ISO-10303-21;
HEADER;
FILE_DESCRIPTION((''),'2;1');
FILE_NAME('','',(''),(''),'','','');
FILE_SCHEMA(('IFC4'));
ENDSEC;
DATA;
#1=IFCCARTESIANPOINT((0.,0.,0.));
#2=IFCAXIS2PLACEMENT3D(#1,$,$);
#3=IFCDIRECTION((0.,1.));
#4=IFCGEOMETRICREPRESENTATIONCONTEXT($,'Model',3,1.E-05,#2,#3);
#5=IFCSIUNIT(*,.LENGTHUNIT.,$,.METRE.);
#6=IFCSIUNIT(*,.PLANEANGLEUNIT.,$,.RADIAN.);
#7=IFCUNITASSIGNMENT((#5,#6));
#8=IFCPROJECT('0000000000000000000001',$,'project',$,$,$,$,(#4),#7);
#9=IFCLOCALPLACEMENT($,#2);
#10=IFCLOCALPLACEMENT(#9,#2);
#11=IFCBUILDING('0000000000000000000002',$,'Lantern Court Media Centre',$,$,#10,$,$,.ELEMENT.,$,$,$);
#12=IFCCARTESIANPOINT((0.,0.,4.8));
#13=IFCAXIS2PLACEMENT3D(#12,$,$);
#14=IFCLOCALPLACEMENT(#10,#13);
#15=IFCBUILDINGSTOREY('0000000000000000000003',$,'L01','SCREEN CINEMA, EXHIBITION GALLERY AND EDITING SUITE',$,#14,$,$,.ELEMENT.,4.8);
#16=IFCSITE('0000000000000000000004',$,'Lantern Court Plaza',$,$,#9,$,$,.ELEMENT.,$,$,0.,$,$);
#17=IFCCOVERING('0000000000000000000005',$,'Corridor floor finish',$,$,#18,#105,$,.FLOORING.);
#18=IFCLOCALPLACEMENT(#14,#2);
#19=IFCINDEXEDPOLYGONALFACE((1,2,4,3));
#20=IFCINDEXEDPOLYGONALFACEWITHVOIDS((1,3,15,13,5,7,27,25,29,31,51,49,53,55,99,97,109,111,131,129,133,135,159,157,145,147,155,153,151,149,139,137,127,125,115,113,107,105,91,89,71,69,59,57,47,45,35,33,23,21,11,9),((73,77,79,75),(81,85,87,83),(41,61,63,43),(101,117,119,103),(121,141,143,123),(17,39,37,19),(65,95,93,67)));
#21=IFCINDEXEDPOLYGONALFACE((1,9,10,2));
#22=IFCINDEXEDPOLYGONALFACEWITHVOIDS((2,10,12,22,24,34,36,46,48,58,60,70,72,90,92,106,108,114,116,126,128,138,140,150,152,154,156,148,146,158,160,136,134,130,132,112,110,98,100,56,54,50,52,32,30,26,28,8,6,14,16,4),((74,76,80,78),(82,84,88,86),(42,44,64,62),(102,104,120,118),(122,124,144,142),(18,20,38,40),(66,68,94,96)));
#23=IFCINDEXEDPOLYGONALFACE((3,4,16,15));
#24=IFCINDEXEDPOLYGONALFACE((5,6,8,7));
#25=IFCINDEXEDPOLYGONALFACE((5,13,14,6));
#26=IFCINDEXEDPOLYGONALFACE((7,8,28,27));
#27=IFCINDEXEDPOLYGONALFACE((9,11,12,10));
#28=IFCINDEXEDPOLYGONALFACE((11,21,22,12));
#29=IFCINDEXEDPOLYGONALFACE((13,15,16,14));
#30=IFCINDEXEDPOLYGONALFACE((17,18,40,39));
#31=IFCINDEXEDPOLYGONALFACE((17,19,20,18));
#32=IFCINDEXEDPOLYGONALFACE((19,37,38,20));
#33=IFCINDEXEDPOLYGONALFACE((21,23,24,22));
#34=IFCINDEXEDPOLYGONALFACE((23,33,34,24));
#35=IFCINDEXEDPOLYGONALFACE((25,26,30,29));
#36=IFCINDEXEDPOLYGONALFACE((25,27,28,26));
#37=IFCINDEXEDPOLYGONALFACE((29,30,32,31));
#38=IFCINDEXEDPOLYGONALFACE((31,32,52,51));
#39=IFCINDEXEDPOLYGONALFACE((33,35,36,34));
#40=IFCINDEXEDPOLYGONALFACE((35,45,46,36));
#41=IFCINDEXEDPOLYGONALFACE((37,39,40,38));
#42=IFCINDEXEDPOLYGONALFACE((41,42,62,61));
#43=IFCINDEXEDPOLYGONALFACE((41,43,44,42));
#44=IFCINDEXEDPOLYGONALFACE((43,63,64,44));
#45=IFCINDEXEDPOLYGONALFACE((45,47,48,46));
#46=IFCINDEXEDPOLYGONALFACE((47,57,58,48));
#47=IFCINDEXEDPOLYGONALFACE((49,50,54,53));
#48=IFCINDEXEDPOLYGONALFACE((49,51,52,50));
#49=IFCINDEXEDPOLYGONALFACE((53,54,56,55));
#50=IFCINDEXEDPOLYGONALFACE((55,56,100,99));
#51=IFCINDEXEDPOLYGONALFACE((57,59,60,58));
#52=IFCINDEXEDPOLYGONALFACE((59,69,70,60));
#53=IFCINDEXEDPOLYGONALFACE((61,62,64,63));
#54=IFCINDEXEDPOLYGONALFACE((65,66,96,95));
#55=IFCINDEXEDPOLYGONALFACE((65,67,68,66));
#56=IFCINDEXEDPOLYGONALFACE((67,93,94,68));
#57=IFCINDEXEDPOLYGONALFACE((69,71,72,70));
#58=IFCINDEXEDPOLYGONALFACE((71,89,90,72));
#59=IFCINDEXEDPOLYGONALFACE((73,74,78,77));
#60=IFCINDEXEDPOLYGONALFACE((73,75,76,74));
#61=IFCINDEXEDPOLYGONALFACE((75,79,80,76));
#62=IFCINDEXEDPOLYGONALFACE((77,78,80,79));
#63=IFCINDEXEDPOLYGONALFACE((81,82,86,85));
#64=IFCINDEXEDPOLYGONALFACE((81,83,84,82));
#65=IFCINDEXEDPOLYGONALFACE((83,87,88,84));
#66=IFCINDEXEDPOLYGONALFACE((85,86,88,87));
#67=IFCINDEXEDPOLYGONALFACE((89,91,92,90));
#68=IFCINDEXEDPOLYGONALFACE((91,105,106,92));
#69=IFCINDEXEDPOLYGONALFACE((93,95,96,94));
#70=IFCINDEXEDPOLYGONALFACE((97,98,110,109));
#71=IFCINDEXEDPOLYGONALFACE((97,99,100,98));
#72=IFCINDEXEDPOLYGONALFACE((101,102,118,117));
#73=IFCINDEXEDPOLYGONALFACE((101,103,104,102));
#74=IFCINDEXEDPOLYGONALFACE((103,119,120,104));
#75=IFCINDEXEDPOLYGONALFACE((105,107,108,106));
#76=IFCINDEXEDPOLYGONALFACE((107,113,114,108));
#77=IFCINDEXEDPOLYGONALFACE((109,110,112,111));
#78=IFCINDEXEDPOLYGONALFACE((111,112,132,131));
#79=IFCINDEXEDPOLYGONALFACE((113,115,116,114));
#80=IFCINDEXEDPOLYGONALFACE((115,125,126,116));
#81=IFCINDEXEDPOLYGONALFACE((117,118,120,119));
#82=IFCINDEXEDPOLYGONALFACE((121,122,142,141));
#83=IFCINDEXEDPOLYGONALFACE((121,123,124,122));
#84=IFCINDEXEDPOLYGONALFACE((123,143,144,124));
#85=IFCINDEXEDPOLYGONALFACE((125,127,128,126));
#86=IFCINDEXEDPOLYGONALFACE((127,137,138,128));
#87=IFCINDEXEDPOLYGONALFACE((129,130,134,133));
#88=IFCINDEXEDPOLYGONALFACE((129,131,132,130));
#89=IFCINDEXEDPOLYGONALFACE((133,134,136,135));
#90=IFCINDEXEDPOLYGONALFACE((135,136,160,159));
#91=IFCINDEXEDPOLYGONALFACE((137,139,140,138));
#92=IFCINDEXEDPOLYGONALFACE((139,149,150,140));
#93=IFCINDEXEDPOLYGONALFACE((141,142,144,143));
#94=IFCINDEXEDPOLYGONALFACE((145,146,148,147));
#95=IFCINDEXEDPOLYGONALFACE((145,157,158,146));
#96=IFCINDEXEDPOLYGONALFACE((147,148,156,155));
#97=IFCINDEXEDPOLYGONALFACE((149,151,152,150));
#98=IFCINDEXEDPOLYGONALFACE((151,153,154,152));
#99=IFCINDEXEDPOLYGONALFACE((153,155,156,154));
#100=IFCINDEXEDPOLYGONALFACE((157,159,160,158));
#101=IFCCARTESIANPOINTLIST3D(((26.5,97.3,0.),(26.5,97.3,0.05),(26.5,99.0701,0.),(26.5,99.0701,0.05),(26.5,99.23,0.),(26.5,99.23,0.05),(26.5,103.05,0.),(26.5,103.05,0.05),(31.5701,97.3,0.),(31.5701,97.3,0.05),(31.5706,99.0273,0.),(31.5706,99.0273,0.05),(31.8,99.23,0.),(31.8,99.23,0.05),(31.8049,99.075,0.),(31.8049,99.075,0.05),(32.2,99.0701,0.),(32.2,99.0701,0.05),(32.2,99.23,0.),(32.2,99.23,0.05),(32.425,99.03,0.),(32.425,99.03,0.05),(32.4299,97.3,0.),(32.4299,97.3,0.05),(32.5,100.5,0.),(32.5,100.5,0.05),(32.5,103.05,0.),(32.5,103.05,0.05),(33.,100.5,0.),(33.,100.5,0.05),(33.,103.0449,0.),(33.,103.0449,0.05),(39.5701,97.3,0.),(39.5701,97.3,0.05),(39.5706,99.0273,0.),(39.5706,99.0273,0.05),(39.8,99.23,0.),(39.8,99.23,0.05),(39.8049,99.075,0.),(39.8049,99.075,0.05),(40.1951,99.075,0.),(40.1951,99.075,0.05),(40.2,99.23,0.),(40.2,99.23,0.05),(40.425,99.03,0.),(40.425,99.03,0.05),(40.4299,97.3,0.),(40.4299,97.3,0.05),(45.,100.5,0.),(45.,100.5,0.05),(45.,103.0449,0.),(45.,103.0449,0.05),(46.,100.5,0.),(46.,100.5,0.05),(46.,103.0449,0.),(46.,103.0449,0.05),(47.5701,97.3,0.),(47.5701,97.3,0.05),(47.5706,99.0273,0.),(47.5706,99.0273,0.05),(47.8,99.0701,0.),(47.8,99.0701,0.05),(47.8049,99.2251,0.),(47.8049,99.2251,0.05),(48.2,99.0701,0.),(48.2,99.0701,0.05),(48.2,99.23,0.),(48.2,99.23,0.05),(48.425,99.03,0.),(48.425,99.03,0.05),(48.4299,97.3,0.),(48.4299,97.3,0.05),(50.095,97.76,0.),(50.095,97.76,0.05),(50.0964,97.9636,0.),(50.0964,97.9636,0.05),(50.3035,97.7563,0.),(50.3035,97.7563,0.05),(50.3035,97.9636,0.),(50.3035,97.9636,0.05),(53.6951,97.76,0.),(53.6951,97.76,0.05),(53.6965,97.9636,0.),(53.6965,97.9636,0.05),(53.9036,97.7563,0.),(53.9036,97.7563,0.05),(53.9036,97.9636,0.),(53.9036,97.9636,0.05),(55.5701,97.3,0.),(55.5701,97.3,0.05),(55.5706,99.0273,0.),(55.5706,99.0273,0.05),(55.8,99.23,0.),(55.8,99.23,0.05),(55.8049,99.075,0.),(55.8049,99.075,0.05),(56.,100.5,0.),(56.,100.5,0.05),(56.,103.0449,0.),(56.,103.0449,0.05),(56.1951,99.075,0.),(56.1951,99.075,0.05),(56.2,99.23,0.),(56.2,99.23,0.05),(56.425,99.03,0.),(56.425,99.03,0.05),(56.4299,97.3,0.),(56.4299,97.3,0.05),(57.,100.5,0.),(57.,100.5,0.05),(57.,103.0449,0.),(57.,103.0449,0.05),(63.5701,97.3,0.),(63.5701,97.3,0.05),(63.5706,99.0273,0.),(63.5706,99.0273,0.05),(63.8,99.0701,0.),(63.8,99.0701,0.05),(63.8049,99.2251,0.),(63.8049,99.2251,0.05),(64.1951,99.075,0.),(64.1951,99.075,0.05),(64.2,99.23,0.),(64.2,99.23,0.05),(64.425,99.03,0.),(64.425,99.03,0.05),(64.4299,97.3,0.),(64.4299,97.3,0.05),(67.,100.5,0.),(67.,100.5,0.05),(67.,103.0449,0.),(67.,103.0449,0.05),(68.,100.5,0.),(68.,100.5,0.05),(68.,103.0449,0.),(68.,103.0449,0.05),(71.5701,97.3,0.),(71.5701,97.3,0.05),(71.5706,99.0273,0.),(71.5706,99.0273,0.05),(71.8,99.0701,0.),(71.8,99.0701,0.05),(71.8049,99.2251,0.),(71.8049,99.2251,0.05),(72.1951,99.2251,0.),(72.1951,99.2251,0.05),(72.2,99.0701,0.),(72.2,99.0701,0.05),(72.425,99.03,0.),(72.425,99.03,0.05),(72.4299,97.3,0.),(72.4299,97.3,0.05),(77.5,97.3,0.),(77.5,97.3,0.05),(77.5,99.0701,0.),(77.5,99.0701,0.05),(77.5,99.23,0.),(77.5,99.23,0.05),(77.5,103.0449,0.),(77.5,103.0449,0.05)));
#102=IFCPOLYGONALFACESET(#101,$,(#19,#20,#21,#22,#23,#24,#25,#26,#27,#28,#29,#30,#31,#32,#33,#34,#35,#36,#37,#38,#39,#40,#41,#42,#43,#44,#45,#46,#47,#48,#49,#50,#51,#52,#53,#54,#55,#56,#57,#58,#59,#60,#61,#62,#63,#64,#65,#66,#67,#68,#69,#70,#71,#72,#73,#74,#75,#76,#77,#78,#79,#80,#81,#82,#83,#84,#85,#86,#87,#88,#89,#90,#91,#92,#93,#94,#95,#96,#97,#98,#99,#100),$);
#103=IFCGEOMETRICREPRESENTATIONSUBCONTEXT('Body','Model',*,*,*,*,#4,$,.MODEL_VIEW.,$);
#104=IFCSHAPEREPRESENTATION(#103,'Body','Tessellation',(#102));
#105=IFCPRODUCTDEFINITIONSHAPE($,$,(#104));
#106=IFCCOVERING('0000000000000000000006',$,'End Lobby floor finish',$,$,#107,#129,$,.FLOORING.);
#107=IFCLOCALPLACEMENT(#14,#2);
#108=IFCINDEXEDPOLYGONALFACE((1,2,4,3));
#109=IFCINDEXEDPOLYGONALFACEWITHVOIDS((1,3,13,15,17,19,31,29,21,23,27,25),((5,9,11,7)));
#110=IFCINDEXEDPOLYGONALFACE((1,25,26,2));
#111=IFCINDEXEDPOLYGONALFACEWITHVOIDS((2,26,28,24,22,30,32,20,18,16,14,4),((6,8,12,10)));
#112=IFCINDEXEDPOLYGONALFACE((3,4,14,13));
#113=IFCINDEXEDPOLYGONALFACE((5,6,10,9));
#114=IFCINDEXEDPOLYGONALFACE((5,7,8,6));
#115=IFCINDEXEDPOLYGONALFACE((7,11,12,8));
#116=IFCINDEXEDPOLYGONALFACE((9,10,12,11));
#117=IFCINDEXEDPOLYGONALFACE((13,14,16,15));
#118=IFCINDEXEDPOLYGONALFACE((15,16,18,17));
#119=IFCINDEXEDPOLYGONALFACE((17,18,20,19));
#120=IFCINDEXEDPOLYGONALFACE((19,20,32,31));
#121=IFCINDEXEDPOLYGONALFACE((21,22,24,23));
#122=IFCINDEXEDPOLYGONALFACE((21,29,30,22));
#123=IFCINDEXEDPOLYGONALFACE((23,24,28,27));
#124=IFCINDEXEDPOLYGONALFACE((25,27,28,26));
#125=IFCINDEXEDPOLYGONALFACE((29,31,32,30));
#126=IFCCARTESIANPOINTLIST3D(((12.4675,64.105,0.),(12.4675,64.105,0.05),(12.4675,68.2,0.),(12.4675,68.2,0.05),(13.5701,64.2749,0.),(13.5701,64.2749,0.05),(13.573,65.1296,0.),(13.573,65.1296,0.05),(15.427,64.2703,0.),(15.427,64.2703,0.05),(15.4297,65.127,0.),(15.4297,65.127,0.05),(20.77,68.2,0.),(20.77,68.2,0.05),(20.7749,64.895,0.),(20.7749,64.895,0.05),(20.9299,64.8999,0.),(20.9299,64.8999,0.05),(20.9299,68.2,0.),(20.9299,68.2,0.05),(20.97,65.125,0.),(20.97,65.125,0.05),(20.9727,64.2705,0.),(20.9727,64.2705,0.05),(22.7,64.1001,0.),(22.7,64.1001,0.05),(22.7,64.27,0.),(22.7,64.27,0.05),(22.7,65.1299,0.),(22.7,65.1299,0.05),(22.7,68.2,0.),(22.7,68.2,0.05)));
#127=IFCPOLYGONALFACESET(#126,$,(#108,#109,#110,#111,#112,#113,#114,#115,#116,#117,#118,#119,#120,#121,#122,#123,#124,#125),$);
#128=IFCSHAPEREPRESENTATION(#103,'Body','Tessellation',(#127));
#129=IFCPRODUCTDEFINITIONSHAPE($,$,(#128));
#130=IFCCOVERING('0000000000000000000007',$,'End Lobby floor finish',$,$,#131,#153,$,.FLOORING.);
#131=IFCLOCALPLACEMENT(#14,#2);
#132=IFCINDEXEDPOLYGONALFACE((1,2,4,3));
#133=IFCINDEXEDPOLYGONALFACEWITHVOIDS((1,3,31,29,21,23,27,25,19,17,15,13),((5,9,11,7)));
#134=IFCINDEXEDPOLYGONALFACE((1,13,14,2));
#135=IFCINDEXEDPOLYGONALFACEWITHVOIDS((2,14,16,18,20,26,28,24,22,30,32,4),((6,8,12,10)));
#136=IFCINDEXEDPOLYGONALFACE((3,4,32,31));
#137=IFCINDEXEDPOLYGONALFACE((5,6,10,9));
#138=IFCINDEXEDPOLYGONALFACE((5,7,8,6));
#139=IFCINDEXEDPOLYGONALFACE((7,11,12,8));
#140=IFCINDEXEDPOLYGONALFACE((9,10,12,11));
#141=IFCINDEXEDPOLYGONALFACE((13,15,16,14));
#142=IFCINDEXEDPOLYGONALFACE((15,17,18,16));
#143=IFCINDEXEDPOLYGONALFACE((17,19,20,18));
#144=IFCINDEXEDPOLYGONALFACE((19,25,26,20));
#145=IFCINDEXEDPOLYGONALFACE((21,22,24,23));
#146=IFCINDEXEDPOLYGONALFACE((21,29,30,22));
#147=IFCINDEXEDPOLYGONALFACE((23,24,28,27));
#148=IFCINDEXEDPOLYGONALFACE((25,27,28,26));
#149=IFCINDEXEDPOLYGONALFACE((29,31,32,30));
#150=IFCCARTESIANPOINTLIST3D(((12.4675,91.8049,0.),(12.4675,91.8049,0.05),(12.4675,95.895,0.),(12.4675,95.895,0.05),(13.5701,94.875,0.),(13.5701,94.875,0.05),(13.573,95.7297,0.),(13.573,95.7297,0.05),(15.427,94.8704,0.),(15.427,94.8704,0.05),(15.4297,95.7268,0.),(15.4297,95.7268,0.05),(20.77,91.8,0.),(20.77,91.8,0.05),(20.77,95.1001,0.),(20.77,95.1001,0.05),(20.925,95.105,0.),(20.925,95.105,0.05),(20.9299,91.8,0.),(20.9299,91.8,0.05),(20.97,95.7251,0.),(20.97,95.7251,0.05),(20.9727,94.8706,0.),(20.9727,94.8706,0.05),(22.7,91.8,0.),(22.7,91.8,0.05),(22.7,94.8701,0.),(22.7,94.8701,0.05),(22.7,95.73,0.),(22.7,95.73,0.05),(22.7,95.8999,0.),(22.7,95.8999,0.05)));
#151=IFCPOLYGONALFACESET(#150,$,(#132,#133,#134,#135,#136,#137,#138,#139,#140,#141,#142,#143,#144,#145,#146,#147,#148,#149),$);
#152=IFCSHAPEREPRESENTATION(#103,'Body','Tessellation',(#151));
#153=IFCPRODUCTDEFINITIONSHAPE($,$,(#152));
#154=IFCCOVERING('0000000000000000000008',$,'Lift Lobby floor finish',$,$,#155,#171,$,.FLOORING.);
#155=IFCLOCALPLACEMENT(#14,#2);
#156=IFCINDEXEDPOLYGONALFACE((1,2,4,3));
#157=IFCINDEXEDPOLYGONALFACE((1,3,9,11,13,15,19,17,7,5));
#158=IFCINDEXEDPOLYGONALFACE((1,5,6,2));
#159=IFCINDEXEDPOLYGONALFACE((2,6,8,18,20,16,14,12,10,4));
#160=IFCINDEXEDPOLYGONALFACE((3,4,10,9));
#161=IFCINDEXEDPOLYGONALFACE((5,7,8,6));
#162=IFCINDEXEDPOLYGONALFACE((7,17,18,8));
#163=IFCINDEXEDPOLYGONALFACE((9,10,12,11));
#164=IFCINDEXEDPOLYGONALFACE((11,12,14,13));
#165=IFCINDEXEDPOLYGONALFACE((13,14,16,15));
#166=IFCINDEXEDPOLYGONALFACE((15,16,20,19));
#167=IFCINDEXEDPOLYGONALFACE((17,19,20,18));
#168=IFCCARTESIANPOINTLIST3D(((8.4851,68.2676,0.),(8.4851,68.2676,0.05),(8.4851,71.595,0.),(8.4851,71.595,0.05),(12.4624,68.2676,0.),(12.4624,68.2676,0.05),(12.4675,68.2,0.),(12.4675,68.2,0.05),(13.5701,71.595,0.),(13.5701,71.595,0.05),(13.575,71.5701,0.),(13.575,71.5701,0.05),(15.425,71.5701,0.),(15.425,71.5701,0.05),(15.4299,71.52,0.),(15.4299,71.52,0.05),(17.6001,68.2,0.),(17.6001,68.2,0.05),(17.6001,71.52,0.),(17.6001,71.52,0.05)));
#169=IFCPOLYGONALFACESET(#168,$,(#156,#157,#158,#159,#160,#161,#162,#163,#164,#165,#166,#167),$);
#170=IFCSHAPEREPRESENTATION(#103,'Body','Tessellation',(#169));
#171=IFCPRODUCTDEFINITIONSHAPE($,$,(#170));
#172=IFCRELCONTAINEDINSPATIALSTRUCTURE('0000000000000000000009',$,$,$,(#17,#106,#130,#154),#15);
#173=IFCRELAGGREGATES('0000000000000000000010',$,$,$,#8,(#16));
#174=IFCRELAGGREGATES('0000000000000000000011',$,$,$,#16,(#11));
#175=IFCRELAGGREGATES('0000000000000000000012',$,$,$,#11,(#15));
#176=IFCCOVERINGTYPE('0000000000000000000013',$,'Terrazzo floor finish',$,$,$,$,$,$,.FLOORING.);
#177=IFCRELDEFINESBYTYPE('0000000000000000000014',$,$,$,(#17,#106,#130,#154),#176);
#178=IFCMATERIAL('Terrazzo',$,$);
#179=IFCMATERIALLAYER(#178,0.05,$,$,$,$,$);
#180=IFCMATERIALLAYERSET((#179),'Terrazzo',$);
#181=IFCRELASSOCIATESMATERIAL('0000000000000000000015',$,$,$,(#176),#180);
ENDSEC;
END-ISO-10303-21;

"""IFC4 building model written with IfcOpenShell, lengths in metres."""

from ifc_helpers import new_model, si_unit, direction, frame, origin, place, context, subcontext, project, spatial, polyline, outline, extrude, material, layer, layer_set, type_object, element, save


model = new_model("IFC4")

# Units and contexts
model_context = context("Model", 3, precision=1e-05, world=origin(), true_north=direction((0.0, 1.0)))
body_context = subcontext(model_context, "Body", "Model", "MODEL_VIEW")
ifc_project = project(units=[si_unit("LENGTHUNIT", "METRE"), si_unit("PLANEANGLEUNIT", "RADIAN")], contexts=[model_context])

# Site, building, storey
site_placement = place(None, origin())
site = spatial("IfcSite", under=ifc_project, at=site_placement, Name="Lantern Court Plaza", CompositionType="ELEMENT", RefElevation=0.0)
building_placement = place(site_placement, origin())
building = spatial("IfcBuilding", under=site, at=building_placement, Name="Lantern Court Media Centre", CompositionType="ELEMENT")
storey_placement = place(building_placement, frame((0.0, 0.0, 4.8)))
storey = spatial("IfcBuildingStorey", under=building, at=storey_placement, Name="L01", Description="SCREEN CINEMA, EXHIBITION GALLERY AND EDITING SUITE", CompositionType="ELEMENT", Elevation=4.8)

# Coverings
ifc_material_1 = material(Name="Terrazzo")
ifc_layer_1 = layer(ifc_material_1, 0.05)
ifc_layer_set_1 = layer_set([ifc_layer_1], Name="Terrazzo")
covering_type_1 = type_object("IfcCoveringType", Name="Terrazzo floor finish", PredefinedType="FLOORING", material=ifc_layer_set_1)
covering_1_placement = place(storey_placement, origin())
element("IfcCovering", 1, at=covering_1_placement, inside=storey, type_object=covering_type_1, Name="Corridor floor finish", PredefinedType="FLOORING", context=body_context, shape_type="SweptSolid", body=[
    extrude(outline(polyline([(67.0, 100.5), (68.0, 100.5), (68.0, 103.0449), (77.5, 103.0449), (77.5, 99.23), (72.1951, 99.2251), (72.2, 99.0701), (77.5, 99.0701), (77.5, 97.3), (72.4299, 97.3), (72.425, 99.03), (71.5706, 99.0273), (71.5701, 97.3), (64.4299, 97.3), (64.425, 99.03), (63.5706, 99.0273), (63.5701, 97.3), (56.4299, 97.3), (56.425, 99.03), (55.5706, 99.0273), (55.5701, 97.3), (48.4299, 97.3), (48.425, 99.03), (47.5706, 99.0273), (47.5701, 97.3), (40.4299, 97.3), (40.425, 99.03), (39.5706, 99.0273), (39.5701, 97.3), (32.4299, 97.3), (32.425, 99.03), (31.5706, 99.0273), (31.5701, 97.3), (26.5, 97.3), (26.5, 99.0701), (31.8049, 99.075), (31.8, 99.23), (26.5, 99.23), (26.5, 103.05), (32.5, 103.05), (32.5, 100.5), (33.0, 100.5), (33.0, 103.0449), (45.0, 103.0449), (45.0, 100.5), (46.0, 100.5), (46.0, 103.0449), (56.0, 103.0449), (56.0, 100.5), (57.0, 100.5), (57.0, 103.0449), (67.0, 103.0449), (67.0, 100.5)]), holes=[polyline([(64.1951, 99.075), (71.8, 99.0701), (71.8049, 99.2251), (64.2, 99.23), (64.1951, 99.075)]), polyline([(56.1951, 99.075), (63.8, 99.0701), (63.8049, 99.2251), (56.2, 99.23), (56.1951, 99.075)]), polyline([(48.2, 99.23), (48.2, 99.0701), (55.8049, 99.075), (55.8, 99.23), (48.2, 99.23)]), polyline([(53.6951, 97.76), (53.9036, 97.7563), (53.9036, 97.9636), (53.6965, 97.9636), (53.6951, 97.76)]), polyline([(50.095, 97.76), (50.3035, 97.7563), (50.3035, 97.9636), (50.0964, 97.9636), (50.095, 97.76)]), polyline([(40.1951, 99.075), (47.8, 99.0701), (47.8049, 99.2251), (40.2, 99.23), (40.1951, 99.075)]), polyline([(32.2, 99.23), (32.2, 99.0701), (39.8049, 99.075), (39.8, 99.23), (32.2, 99.23)])]), origin(), (0.0, 0.0, 1.0), 0.05),
])
covering_2_placement = place(storey_placement, origin())
element("IfcCovering", 2, at=covering_2_placement, inside=storey, type_object=covering_type_1, Name="End Lobby floor finish", PredefinedType="FLOORING", context=body_context, shape_type="SweptSolid", body=[
    extrude(outline(polyline([(22.7, 64.1001), (12.4675, 64.105), (12.4675, 68.2), (20.77, 68.2), (20.7749, 64.895), (20.9299, 64.8999), (20.9299, 68.2), (22.7, 68.2), (22.7, 65.1299), (20.97, 65.125), (20.9727, 64.2705), (22.7, 64.27), (22.7, 64.1001)]), holes=[polyline([(13.5701, 64.2749), (15.427, 64.2703), (15.4297, 65.127), (13.573, 65.1296), (13.5701, 64.2749)])]), origin(), (0.0, 0.0, 1.0), 0.05),
])
covering_3_placement = place(storey_placement, origin())
element("IfcCovering", 3, at=covering_3_placement, inside=storey, type_object=covering_type_1, Name="End Lobby floor finish", PredefinedType="FLOORING", context=body_context, shape_type="SweptSolid", body=[
    extrude(outline(polyline([(20.77, 91.8), (12.4675, 91.8049), (12.4675, 95.895), (22.7, 95.8999), (22.7, 95.73), (20.97, 95.7251), (20.9727, 94.8706), (22.7, 94.8701), (22.7, 91.8), (20.9299, 91.8), (20.925, 95.105), (20.77, 95.1001), (20.77, 91.8)]), holes=[polyline([(13.5701, 94.875), (15.427, 94.8704), (15.4297, 95.7268), (13.573, 95.7297), (13.5701, 94.875)])]), origin(), (0.0, 0.0, 1.0), 0.05),
])
covering_4_placement = place(storey_placement, origin())
element("IfcCovering", 4, at=covering_4_placement, inside=storey, type_object=covering_type_1, Name="Lift Lobby floor finish", PredefinedType="FLOORING", context=body_context, shape_type="SweptSolid", body=[
    extrude(outline(polyline([(17.6001, 68.2), (12.4675, 68.2), (12.4624, 68.2676), (8.4851, 68.2676), (8.4851, 71.595), (13.5701, 71.595), (13.575, 71.5701), (15.425, 71.5701), (15.4299, 71.52), (17.6001, 71.52), (17.6001, 68.2)])), origin(), (0.0, 0.0, 1.0), 0.05),
])

save(model, "model.ifc")
